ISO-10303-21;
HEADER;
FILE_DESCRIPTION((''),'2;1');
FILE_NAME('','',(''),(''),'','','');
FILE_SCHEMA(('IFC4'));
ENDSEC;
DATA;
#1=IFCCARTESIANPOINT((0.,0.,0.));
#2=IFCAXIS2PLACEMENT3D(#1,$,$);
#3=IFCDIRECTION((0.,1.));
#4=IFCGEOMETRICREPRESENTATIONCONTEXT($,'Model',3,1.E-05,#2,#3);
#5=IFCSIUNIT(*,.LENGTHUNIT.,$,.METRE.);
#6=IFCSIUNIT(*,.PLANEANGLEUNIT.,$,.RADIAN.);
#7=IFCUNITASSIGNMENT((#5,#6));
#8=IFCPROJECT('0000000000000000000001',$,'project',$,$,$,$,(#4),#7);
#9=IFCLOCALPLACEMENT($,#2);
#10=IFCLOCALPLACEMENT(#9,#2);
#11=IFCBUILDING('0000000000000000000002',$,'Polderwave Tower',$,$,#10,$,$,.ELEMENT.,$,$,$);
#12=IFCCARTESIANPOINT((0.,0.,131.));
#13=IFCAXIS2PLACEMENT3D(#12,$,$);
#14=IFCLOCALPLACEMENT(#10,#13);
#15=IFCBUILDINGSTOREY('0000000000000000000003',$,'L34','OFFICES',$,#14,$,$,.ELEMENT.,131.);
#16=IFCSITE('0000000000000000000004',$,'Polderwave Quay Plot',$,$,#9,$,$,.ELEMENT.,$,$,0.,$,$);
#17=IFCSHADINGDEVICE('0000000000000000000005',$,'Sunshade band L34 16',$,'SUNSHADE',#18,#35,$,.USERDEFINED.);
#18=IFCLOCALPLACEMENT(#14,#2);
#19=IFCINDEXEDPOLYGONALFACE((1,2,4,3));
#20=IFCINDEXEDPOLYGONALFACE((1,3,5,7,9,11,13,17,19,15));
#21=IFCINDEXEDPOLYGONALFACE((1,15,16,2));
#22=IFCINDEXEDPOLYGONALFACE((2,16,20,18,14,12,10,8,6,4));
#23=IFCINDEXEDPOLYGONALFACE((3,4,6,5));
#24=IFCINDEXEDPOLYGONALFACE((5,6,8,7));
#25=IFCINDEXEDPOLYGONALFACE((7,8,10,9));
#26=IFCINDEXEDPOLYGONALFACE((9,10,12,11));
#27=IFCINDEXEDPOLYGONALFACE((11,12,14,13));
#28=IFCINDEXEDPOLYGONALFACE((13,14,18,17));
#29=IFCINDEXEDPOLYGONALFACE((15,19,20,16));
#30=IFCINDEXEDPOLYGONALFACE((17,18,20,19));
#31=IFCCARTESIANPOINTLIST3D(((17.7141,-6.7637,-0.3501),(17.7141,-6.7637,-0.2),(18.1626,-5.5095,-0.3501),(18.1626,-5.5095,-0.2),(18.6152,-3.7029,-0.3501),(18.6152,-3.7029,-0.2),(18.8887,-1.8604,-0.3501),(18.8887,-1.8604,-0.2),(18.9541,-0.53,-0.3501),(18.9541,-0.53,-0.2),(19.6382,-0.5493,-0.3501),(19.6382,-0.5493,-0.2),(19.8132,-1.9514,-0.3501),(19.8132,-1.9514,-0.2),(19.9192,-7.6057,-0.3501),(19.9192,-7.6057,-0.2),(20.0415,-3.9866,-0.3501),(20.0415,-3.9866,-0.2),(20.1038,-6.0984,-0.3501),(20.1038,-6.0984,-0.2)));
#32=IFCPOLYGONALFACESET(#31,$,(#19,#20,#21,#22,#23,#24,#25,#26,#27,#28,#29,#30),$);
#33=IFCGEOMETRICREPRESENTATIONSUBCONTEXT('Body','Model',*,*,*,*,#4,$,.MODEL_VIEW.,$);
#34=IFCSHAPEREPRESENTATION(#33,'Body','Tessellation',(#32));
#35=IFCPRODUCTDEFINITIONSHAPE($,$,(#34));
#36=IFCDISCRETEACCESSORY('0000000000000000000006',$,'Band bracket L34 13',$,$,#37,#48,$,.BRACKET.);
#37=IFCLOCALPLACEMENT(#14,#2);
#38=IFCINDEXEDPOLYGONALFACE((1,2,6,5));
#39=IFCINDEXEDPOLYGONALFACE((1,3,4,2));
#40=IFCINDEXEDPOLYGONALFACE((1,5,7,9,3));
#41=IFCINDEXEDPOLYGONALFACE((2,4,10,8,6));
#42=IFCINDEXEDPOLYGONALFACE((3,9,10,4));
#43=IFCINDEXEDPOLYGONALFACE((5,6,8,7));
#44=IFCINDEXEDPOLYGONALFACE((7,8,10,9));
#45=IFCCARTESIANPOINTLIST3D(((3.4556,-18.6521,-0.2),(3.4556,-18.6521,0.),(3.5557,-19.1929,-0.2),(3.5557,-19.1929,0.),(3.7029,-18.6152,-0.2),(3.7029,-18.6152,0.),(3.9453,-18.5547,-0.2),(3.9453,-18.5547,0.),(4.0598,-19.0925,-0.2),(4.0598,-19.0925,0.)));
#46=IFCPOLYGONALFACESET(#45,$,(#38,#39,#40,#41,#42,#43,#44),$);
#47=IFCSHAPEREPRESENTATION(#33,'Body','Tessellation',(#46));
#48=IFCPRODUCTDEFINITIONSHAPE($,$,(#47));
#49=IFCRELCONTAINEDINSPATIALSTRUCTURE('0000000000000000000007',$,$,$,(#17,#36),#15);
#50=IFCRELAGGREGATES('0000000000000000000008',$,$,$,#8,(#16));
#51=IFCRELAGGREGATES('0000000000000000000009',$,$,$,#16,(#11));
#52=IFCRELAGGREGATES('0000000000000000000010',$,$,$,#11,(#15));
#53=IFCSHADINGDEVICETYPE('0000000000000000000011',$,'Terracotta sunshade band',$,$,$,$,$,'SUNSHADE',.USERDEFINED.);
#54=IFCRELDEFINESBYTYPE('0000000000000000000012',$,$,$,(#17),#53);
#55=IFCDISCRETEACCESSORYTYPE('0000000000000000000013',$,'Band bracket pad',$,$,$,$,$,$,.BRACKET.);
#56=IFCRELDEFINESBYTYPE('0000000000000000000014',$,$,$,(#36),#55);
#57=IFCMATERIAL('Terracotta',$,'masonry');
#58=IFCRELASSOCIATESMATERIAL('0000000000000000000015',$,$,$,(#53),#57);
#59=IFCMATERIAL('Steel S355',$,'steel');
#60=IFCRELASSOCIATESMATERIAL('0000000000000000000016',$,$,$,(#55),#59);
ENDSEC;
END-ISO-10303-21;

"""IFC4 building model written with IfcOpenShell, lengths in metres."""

from ifc_helpers import new_model, si_unit, direction, frame, origin, place, context, subcontext, project, spatial, polyline, outline, extrude, material, type_object, element, save


model = new_model("IFC4")

# Units and contexts
model_context = context("Model", 3, precision=1e-05, world=origin(), true_north=direction((0.0, 1.0)))
body_context = subcontext(model_context, "Body", "Model", "MODEL_VIEW")
ifc_project = project(units=[si_unit("LENGTHUNIT", "METRE"), si_unit("PLANEANGLEUNIT", "RADIAN")], contexts=[model_context])

# Site, building, storey
site_placement = place(None, origin())
site = spatial("IfcSite", under=ifc_project, at=site_placement, Name="Polderwave Quay Plot", CompositionType="ELEMENT", RefElevation=0.0)
building_placement = place(site_placement, origin())
building = spatial("IfcBuilding", under=site, at=building_placement, Name="Polderwave Tower", CompositionType="ELEMENT")
storey_placement = place(building_placement, frame((0.0, 0.0, 131.0)))
storey = spatial("IfcBuildingStorey", under=building, at=storey_placement, Name="L34", Description="OFFICES", CompositionType="ELEMENT", Elevation=131.0)

# Shading device
ifc_material_1 = material(Name="Terracotta", Category="masonry")
shading_device_type = type_object("IfcShadingDeviceType", Name="Terracotta sunshade band", ElementType="SUNSHADE", PredefinedType="USERDEFINED", material=ifc_material_1)
shading_device_1_placement = place(storey_placement, frame((0.0, 0.0, -0.3501)))
element("IfcShadingDevice", 1, at=shading_device_1_placement, inside=storey, type_object=shading_device_type, Name="Sunshade band L34 16", ObjectType="SUNSHADE", PredefinedType="USERDEFINED", context=body_context, shape_type="SweptSolid", body=[
    extrude(outline(polyline([(17.7141, -6.7637), (18.1626, -5.5095), (18.6152, -3.7029), (18.8887, -1.8604), (18.9541, -0.53), (19.6382, -0.5493), (19.8132, -1.9514), (20.0415, -3.9866), (20.1038, -6.0984), (19.9192, -7.6057), (17.7141, -6.7637)])), origin(), (0.0, 0.0, 1.0), 0.1501),
])

# Discrete accessory
ifc_material_2 = material(Name="Steel S355", Category="steel")
discrete_accessory_type = type_object("IfcDiscreteAccessoryType", Name="Band bracket pad", PredefinedType="BRACKET", material=ifc_material_2)
discrete_accessory_placement = place(storey_placement, frame((0.0, 0.0, -0.2)))
element("IfcDiscreteAccessory", 2, at=discrete_accessory_placement, inside=storey, type_object=discrete_accessory_type, Name="Band bracket L34 13", PredefinedType="BRACKET", context=body_context, shape_type="SweptSolid", body=[
    extrude(outline(polyline([(3.4556, -18.6521), (3.7029, -18.6152), (3.9453, -18.5547), (4.0598, -19.0925), (3.5557, -19.1929), (3.4556, -18.6521)])), origin(), (0.0, 0.0, 1.0), 0.2),
])

save(model, "model.ifc")
